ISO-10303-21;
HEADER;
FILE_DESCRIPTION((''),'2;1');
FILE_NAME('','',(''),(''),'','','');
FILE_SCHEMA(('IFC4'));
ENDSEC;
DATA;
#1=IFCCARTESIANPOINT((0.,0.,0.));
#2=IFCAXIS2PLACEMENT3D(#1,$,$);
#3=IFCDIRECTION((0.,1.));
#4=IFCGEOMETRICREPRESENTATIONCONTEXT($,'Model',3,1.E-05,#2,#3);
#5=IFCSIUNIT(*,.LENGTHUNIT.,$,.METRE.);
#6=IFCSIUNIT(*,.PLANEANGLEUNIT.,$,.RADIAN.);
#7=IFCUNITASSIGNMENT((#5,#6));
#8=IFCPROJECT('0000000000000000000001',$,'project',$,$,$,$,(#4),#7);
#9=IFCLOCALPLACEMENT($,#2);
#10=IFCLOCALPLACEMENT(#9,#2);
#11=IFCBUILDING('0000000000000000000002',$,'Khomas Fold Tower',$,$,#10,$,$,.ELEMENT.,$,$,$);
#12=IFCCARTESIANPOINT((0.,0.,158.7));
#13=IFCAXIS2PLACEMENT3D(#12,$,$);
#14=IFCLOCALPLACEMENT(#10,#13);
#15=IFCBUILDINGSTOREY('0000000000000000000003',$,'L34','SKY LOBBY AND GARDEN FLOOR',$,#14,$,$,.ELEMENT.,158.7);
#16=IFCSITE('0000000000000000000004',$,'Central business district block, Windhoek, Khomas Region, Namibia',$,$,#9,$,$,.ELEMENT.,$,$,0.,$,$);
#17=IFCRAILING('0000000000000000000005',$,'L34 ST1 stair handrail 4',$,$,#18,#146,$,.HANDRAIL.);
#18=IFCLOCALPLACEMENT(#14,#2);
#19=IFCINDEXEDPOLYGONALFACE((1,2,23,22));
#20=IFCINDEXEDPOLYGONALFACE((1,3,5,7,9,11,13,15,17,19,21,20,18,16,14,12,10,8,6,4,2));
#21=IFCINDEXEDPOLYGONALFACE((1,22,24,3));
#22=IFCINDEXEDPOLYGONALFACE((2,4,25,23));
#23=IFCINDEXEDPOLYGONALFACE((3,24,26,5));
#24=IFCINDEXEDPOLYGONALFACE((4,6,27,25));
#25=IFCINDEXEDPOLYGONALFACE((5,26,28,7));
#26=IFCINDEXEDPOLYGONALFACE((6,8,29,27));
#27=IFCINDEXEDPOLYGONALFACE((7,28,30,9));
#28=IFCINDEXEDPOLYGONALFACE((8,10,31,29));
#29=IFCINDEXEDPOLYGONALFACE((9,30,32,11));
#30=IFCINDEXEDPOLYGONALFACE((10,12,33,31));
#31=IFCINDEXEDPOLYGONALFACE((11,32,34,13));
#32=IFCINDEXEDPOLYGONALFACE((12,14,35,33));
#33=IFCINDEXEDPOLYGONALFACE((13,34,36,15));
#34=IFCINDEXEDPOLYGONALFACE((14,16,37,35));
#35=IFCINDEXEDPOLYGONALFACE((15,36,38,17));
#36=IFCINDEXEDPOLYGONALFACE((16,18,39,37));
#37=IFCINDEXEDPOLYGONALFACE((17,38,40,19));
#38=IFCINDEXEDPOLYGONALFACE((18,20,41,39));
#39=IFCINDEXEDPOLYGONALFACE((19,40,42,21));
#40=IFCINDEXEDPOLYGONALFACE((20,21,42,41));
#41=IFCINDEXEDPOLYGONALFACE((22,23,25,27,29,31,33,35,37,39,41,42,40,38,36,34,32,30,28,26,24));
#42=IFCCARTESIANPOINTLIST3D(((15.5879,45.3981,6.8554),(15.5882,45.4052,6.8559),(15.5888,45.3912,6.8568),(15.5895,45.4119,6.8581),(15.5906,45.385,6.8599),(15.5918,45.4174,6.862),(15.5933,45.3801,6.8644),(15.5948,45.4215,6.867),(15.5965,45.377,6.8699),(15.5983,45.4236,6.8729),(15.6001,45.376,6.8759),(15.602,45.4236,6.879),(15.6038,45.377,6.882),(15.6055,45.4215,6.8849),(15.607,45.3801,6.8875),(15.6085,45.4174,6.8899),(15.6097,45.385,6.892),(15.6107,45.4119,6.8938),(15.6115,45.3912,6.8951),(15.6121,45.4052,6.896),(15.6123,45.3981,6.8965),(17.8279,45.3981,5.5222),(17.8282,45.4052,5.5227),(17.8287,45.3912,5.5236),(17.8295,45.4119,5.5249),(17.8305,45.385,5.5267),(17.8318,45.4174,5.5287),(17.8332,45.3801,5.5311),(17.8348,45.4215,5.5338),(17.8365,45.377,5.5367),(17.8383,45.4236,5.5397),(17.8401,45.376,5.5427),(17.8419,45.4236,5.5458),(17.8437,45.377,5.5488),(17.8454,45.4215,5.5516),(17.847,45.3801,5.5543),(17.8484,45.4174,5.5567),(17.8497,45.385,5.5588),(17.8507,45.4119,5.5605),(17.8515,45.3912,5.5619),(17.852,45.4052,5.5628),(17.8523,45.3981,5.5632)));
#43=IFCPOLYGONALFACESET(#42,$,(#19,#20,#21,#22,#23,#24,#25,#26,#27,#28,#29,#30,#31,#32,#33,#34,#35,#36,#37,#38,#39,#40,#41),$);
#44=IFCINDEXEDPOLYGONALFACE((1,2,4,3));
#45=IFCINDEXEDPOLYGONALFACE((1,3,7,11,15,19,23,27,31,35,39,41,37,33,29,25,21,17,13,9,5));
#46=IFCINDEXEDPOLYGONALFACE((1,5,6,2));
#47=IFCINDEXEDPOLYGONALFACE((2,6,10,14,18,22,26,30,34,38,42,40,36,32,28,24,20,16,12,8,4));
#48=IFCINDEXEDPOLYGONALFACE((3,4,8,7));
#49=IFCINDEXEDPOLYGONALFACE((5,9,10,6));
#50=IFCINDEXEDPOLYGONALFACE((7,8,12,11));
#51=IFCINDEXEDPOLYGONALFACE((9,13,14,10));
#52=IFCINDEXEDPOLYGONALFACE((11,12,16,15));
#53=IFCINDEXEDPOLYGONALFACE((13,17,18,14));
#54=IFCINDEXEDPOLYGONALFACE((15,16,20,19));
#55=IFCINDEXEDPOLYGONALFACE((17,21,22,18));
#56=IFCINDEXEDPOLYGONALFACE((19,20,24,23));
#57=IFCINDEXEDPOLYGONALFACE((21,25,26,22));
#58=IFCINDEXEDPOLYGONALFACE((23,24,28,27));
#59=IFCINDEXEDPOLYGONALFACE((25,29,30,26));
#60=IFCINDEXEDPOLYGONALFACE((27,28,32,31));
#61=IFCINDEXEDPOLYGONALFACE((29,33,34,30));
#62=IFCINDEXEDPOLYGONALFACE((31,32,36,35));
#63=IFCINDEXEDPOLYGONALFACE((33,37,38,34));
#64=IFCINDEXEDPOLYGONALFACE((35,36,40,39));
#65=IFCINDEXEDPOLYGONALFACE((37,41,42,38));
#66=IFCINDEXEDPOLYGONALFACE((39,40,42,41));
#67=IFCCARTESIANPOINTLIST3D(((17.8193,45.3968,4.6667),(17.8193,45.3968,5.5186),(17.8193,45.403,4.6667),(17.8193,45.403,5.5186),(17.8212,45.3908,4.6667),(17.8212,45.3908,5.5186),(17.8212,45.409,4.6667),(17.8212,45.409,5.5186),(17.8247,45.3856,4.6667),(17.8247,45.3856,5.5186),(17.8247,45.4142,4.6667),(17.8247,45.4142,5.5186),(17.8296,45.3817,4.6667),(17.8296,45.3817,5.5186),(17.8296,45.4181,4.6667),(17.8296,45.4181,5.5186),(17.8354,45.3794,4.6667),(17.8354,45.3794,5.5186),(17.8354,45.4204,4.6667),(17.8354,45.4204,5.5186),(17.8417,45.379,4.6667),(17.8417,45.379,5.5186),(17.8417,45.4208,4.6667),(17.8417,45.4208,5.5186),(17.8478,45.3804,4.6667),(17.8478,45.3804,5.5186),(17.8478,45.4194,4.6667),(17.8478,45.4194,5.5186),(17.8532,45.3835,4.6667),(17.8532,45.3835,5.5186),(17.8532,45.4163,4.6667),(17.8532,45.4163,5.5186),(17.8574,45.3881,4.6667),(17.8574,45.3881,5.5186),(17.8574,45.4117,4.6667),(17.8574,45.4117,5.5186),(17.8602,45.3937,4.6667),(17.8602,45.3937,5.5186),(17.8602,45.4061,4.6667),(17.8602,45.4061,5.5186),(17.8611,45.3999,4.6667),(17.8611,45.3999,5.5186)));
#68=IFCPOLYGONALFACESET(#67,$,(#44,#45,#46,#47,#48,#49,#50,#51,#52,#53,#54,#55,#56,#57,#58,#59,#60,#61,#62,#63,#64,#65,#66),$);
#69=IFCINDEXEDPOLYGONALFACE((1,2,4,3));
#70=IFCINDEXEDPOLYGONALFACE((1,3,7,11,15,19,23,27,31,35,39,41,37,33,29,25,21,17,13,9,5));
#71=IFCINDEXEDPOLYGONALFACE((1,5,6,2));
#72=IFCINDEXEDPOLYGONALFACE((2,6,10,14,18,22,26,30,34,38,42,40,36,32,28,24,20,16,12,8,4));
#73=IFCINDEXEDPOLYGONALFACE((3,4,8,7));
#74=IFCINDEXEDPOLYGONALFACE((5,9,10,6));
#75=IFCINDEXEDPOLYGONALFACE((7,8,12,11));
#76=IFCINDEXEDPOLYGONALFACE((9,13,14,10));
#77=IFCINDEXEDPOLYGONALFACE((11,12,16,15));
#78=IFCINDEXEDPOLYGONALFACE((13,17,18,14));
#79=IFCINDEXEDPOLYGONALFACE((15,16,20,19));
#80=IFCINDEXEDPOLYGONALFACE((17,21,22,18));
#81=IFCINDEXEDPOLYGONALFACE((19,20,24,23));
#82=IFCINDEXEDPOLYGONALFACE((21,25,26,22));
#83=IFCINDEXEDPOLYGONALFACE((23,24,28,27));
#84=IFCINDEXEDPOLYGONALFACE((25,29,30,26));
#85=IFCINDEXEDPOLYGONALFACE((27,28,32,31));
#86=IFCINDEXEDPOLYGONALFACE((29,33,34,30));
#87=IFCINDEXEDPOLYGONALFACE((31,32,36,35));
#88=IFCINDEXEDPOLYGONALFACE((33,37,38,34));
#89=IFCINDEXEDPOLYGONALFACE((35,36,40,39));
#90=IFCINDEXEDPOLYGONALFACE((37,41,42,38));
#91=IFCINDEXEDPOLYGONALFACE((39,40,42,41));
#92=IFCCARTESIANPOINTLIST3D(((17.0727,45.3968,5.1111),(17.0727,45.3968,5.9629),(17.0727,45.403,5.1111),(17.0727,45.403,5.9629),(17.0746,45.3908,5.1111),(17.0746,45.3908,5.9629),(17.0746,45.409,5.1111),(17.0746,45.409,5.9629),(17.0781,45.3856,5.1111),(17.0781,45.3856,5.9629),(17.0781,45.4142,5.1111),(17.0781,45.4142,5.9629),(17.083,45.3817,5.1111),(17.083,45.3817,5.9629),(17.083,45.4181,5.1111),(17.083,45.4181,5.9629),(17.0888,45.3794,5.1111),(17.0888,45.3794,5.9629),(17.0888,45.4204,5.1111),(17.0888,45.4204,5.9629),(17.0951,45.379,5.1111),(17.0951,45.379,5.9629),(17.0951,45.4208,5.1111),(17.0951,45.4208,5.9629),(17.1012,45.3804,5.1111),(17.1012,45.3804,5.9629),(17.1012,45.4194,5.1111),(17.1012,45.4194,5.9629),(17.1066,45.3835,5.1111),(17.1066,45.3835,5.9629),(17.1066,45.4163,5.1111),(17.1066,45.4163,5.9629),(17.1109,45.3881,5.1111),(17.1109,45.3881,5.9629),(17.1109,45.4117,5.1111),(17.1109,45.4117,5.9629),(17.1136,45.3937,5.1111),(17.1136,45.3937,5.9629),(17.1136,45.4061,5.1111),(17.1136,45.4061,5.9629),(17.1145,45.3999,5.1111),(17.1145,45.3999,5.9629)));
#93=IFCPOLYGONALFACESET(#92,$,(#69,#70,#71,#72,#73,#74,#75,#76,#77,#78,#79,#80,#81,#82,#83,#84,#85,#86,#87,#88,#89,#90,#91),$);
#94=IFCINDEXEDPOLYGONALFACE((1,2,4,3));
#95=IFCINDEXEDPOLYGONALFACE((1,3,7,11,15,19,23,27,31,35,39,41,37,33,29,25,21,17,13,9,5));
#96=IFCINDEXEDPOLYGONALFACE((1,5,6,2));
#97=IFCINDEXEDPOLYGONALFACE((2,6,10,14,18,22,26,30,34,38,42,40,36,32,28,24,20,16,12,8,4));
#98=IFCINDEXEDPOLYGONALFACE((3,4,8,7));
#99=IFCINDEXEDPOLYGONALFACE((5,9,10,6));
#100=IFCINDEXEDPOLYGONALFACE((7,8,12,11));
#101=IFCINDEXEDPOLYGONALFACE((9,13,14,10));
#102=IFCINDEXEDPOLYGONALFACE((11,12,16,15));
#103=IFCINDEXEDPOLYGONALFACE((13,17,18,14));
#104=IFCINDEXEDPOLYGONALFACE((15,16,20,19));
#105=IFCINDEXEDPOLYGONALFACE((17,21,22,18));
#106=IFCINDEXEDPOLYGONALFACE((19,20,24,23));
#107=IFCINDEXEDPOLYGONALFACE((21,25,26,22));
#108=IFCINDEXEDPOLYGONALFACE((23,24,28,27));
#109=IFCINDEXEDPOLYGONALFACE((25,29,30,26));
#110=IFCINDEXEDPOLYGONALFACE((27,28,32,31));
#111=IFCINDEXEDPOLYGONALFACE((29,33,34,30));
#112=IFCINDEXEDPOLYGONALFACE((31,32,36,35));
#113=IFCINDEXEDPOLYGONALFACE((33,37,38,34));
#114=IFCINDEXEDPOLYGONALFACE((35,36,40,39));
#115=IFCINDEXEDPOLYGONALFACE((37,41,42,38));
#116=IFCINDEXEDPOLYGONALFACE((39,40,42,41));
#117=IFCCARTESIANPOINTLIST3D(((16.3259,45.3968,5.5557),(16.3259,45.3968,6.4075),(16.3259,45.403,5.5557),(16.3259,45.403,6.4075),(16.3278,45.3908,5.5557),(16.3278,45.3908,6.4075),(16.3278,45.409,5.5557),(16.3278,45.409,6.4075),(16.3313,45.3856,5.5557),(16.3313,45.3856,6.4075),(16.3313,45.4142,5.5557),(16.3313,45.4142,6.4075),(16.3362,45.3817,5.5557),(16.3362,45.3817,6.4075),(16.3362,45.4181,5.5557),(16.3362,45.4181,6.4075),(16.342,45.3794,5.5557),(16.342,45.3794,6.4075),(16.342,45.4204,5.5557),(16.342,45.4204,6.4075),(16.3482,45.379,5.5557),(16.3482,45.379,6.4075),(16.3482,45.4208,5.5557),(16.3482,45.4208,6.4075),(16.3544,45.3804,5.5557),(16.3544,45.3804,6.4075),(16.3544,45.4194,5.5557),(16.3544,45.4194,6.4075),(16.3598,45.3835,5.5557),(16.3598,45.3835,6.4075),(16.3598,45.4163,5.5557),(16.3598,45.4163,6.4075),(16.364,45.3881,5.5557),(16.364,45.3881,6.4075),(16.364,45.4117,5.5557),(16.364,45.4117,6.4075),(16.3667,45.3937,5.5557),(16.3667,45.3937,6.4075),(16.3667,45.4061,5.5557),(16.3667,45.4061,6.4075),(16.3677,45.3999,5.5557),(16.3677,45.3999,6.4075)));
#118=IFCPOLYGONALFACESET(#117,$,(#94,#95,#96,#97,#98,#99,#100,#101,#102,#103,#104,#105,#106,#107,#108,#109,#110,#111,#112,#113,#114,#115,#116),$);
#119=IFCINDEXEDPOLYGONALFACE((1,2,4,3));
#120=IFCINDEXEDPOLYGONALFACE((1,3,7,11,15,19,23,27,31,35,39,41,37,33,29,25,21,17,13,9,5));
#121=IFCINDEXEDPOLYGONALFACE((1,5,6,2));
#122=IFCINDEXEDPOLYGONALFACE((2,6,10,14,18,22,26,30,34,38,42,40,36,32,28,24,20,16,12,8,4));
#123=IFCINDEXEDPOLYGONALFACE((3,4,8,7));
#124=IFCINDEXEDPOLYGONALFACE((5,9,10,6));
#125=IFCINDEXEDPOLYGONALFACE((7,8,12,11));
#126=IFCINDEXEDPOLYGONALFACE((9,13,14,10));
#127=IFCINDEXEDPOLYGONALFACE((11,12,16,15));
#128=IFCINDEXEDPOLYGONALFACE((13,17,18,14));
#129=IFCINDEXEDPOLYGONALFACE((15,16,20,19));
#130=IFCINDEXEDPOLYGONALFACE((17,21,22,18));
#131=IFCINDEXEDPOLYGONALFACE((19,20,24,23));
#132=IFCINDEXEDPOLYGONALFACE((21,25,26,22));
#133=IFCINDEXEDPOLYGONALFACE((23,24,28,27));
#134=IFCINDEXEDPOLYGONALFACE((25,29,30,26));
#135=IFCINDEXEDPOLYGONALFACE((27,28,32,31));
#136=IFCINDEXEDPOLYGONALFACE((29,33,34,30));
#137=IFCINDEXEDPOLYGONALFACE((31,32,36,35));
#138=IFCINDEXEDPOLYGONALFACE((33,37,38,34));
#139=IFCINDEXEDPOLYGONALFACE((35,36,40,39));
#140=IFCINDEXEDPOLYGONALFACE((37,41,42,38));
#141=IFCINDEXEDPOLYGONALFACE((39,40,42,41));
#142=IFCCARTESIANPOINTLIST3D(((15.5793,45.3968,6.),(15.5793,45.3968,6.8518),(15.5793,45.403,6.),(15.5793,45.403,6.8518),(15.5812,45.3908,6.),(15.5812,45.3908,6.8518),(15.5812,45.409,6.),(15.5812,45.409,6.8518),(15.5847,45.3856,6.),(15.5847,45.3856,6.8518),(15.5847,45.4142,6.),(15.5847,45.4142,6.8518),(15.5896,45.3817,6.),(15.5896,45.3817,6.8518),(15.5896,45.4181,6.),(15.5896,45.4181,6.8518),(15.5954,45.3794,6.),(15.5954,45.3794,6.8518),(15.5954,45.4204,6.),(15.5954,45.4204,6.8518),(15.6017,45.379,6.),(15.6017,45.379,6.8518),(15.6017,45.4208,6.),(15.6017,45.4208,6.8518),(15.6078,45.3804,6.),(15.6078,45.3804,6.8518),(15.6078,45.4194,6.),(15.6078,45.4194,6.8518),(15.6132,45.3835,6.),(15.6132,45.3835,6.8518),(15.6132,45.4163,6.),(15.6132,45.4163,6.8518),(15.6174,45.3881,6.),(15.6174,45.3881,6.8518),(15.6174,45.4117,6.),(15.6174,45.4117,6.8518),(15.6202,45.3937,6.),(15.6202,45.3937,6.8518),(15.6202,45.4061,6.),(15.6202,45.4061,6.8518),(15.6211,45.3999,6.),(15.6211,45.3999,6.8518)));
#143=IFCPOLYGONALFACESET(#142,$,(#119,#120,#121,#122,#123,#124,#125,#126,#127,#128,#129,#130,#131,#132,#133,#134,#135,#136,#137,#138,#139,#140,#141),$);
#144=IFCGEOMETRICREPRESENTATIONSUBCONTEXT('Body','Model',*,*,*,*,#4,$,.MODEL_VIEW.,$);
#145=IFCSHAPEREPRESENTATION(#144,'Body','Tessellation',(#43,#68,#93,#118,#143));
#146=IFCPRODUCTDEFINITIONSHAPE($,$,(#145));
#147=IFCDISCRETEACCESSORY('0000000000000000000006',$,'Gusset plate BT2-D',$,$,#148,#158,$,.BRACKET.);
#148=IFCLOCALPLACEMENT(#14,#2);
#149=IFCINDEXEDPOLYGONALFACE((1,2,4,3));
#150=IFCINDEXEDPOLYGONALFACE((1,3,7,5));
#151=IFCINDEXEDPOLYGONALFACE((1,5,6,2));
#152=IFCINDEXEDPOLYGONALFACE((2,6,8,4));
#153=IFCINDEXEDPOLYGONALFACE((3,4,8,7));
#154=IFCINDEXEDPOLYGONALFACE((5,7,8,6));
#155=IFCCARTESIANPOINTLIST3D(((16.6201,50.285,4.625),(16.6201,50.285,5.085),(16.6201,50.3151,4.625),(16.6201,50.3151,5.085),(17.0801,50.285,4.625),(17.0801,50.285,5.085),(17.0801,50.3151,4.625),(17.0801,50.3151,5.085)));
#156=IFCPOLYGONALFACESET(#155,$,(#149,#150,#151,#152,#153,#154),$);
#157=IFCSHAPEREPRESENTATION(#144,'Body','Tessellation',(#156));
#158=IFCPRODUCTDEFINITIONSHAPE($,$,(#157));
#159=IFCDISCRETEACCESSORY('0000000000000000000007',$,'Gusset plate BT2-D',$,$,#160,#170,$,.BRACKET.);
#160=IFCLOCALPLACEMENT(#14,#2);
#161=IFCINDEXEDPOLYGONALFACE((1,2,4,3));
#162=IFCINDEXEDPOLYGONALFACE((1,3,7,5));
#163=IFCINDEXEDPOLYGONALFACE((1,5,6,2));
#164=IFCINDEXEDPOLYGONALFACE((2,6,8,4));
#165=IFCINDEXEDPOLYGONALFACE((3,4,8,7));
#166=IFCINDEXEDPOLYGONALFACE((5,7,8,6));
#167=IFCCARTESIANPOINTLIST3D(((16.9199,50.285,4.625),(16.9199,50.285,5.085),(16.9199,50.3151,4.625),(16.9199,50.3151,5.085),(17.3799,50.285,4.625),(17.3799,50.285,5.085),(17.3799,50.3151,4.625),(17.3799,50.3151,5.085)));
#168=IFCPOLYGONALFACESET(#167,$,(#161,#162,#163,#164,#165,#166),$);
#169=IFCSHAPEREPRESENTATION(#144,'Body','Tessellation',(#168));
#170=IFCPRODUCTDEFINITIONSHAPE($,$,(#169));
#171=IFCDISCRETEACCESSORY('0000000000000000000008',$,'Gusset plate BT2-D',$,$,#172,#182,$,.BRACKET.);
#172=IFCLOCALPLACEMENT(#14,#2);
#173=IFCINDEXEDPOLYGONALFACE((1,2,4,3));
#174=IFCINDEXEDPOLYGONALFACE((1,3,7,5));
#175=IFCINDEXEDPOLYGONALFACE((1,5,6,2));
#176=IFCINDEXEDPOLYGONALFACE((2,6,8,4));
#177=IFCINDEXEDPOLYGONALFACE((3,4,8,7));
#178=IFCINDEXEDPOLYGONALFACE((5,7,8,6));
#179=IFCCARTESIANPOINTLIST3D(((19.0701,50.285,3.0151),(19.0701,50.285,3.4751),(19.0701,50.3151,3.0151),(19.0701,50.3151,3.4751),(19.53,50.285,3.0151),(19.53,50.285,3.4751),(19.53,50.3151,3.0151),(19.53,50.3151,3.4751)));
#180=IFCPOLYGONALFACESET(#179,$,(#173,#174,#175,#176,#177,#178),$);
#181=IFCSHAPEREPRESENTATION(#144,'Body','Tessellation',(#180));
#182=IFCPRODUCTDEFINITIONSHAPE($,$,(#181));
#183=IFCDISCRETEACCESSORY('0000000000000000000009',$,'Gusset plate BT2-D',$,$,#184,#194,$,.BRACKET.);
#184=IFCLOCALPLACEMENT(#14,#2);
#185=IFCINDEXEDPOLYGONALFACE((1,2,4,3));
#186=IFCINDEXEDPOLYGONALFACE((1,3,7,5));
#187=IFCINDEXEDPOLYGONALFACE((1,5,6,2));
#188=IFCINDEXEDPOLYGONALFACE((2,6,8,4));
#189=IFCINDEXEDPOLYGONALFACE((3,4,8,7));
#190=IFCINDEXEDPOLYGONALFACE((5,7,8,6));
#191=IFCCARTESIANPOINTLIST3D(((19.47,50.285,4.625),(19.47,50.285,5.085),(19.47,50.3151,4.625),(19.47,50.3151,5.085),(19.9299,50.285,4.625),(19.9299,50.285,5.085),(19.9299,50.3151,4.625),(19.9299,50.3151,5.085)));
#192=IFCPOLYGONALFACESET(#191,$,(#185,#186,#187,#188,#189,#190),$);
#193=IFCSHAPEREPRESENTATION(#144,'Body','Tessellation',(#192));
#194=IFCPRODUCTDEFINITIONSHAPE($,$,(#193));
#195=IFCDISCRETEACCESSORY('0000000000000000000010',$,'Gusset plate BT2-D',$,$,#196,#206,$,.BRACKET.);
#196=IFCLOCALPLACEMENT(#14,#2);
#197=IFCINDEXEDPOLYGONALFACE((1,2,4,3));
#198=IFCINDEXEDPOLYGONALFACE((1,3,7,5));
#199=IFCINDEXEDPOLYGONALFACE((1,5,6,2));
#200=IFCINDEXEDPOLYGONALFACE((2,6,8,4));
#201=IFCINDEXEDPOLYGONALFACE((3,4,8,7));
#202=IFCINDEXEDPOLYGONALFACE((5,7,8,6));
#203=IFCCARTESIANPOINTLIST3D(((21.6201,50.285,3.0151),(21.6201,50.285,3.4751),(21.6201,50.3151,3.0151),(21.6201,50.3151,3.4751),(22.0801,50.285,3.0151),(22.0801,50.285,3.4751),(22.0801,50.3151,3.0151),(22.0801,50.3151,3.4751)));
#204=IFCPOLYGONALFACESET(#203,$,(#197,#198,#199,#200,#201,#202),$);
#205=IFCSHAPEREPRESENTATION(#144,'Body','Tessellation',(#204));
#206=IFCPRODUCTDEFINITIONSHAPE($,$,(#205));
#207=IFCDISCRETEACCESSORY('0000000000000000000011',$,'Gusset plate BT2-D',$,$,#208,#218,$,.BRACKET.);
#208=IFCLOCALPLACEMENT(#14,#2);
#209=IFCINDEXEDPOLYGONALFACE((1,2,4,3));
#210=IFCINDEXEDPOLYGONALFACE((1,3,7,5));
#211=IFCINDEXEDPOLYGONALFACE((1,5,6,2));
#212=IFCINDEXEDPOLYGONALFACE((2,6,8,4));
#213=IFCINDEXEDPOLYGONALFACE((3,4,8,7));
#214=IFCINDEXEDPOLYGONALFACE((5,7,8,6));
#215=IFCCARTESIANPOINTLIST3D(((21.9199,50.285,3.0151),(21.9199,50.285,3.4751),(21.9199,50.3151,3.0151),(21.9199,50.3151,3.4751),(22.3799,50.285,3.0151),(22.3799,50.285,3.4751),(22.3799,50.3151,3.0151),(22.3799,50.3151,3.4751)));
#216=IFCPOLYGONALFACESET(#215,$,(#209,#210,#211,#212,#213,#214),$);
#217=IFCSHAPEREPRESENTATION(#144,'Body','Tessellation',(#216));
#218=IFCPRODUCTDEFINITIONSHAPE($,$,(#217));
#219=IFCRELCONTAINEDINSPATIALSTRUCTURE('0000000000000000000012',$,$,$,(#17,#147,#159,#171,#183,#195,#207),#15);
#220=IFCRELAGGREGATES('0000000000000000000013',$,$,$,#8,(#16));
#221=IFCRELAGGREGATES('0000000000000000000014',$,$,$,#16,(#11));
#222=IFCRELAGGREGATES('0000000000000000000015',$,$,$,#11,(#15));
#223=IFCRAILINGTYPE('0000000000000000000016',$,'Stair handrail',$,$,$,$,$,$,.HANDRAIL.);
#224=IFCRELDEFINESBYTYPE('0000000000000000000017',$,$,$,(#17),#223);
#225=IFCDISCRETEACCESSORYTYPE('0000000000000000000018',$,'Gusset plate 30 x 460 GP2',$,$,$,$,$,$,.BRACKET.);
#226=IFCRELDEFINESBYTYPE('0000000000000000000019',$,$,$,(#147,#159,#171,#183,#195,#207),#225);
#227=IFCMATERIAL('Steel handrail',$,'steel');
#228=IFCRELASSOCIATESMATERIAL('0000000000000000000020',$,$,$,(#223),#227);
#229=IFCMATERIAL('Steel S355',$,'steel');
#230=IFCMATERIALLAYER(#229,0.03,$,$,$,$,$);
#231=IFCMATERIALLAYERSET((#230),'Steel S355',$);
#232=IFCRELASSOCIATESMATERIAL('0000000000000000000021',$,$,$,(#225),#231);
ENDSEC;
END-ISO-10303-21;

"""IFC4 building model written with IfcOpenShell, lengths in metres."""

from ifc_helpers import new_model, si_unit, direction, frame, origin, origin_2d, place, context, subcontext, project, spatial, rectangle, circle, extrude, source, transform, mapped, material, layer, layer_set, type_object, element, save


model = new_model("IFC4")

# Units and contexts
model_context = context("Model", 3, precision=1e-05, world=origin(), true_north=direction((0.0, 1.0)))
body_context = subcontext(model_context, "Body", "Model", "MODEL_VIEW")
ifc_project = project(units=[si_unit("LENGTHUNIT", "METRE"), si_unit("PLANEANGLEUNIT", "RADIAN")], contexts=[model_context])

# Site, building, storey
site_placement = place(None, origin())
site = spatial("IfcSite", under=ifc_project, at=site_placement, Name="Central business district block, Windhoek, Khomas Region, Namibia", CompositionType="ELEMENT", RefElevation=0.0)
building_placement = place(site_placement, origin())
building = spatial("IfcBuilding", under=site, at=building_placement, Name="Khomas Fold Tower", CompositionType="ELEMENT")
storey_placement = place(building_placement, frame((0.0, 0.0, 158.7)))
storey = spatial("IfcBuildingStorey", under=building, at=storey_placement, Name="L34", Description="SKY LOBBY AND GARDEN FLOOR", CompositionType="ELEMENT", Elevation=158.7)

# Railing
ifc_material_1 = material(Name="Steel handrail", Category="steel")
railing_type = type_object("IfcRailingType", Name="Stair handrail", PredefinedType="HANDRAIL", material=ifc_material_1)
shared_shape_1 = source(origin(), body_context, "Body", "SweptSolid", [
    extrude(circle(Radius=0.0239, at=origin_2d()), frame((0.0, 0.0, 0.876), z_axis=(-0.859306, 0.0, 0.511462), x_axis=(0.0, -1.0, 0.0)), (0.0, 0.0, 1.0), 2.6067),
    extrude(circle(Radius=0.021, at=origin_2d()), origin(), (0.0, 0.0, 1.0), 0.8518),
    extrude(circle(Radius=0.021, at=origin_2d()), frame((-0.7466, 0.0, 0.4443)), (0.0, 0.0, 1.0), 0.8518),
    extrude(circle(Radius=0.021, at=origin_2d()), frame((-1.4934, 0.0, 0.8889)), (0.0, 0.0, 1.0), 0.8518),
    extrude(circle(Radius=0.021, at=origin_2d()), frame((-2.24, 0.0, 1.3333)), (0.0, 0.0, 1.0), 0.8518),
])
for number, where, name in (
    (1, (17.8401, 45.3999, 4.6667), "L34 ST1 stair handrail 4"),
):
    element("IfcRailing", number, at=place(storey_placement, frame(where)), inside=storey, type_object=railing_type, Name=name, PredefinedType="HANDRAIL", context=body_context, shape_type="MappedRepresentation", body=[
        mapped(shared_shape_1, transform((0.0, 0.0, 0.0))),
    ])

# Discrete accessories
ifc_material_2 = material(Name="Steel S355", Category="steel")
ifc_layer_1 = layer(ifc_material_2, 0.03)
ifc_layer_set_1 = layer_set([ifc_layer_1], Name="Steel S355")
discrete_accessory_type = type_object("IfcDiscreteAccessoryType", Name="Gusset plate 30 x 460 GP2", PredefinedType="BRACKET", material=ifc_layer_set_1)
shared_shape_2 = source(origin(), body_context, "Body", "SweptSolid", [
    extrude(rectangle(XDim=0.46, YDim=0.03, at=origin_2d()), origin(), (0.0, 0.0, 1.0), 0.46),
])
for number, where, z_axis, x_axis, name in (
    (2, (16.8501, 50.3, 4.625), (0.0, 0.0, 1.0), (1.0, 0.0, 0.0), "Gusset plate BT2-D"),
    (3, (17.1499, 50.3, 4.625), (0.0, 0.0, 1.0), (1.0, 0.0, 0.0), "Gusset plate BT2-D"),
    (4, (19.3, 50.3, 3.0151), (0.0, 0.0, 1.0), (1.0, 0.0, 0.0), "Gusset plate BT2-D"),
    (5, (19.7, 50.3, 4.625), (0.0, 0.0, 1.0), (1.0, 0.0, 0.0), "Gusset plate BT2-D"),
    (6, (21.8501, 50.3, 3.0151), (0.0, 0.0, 1.0), (1.0, 0.0, 0.0), "Gusset plate BT2-D"),
    (7, (22.1499, 50.3, 3.0151), (0.0, 0.0, 1.0), (1.0, 0.0, 0.0), "Gusset plate BT2-D"),
):
    element("IfcDiscreteAccessory", number, at=place(storey_placement, frame(where, z_axis=z_axis, x_axis=x_axis)), inside=storey, type_object=discrete_accessory_type, Name=name, PredefinedType="BRACKET", context=body_context, shape_type="MappedRepresentation", body=[
        mapped(shared_shape_2, transform((0.0, 0.0, 0.0))),
    ])

save(model, "model.ifc")
